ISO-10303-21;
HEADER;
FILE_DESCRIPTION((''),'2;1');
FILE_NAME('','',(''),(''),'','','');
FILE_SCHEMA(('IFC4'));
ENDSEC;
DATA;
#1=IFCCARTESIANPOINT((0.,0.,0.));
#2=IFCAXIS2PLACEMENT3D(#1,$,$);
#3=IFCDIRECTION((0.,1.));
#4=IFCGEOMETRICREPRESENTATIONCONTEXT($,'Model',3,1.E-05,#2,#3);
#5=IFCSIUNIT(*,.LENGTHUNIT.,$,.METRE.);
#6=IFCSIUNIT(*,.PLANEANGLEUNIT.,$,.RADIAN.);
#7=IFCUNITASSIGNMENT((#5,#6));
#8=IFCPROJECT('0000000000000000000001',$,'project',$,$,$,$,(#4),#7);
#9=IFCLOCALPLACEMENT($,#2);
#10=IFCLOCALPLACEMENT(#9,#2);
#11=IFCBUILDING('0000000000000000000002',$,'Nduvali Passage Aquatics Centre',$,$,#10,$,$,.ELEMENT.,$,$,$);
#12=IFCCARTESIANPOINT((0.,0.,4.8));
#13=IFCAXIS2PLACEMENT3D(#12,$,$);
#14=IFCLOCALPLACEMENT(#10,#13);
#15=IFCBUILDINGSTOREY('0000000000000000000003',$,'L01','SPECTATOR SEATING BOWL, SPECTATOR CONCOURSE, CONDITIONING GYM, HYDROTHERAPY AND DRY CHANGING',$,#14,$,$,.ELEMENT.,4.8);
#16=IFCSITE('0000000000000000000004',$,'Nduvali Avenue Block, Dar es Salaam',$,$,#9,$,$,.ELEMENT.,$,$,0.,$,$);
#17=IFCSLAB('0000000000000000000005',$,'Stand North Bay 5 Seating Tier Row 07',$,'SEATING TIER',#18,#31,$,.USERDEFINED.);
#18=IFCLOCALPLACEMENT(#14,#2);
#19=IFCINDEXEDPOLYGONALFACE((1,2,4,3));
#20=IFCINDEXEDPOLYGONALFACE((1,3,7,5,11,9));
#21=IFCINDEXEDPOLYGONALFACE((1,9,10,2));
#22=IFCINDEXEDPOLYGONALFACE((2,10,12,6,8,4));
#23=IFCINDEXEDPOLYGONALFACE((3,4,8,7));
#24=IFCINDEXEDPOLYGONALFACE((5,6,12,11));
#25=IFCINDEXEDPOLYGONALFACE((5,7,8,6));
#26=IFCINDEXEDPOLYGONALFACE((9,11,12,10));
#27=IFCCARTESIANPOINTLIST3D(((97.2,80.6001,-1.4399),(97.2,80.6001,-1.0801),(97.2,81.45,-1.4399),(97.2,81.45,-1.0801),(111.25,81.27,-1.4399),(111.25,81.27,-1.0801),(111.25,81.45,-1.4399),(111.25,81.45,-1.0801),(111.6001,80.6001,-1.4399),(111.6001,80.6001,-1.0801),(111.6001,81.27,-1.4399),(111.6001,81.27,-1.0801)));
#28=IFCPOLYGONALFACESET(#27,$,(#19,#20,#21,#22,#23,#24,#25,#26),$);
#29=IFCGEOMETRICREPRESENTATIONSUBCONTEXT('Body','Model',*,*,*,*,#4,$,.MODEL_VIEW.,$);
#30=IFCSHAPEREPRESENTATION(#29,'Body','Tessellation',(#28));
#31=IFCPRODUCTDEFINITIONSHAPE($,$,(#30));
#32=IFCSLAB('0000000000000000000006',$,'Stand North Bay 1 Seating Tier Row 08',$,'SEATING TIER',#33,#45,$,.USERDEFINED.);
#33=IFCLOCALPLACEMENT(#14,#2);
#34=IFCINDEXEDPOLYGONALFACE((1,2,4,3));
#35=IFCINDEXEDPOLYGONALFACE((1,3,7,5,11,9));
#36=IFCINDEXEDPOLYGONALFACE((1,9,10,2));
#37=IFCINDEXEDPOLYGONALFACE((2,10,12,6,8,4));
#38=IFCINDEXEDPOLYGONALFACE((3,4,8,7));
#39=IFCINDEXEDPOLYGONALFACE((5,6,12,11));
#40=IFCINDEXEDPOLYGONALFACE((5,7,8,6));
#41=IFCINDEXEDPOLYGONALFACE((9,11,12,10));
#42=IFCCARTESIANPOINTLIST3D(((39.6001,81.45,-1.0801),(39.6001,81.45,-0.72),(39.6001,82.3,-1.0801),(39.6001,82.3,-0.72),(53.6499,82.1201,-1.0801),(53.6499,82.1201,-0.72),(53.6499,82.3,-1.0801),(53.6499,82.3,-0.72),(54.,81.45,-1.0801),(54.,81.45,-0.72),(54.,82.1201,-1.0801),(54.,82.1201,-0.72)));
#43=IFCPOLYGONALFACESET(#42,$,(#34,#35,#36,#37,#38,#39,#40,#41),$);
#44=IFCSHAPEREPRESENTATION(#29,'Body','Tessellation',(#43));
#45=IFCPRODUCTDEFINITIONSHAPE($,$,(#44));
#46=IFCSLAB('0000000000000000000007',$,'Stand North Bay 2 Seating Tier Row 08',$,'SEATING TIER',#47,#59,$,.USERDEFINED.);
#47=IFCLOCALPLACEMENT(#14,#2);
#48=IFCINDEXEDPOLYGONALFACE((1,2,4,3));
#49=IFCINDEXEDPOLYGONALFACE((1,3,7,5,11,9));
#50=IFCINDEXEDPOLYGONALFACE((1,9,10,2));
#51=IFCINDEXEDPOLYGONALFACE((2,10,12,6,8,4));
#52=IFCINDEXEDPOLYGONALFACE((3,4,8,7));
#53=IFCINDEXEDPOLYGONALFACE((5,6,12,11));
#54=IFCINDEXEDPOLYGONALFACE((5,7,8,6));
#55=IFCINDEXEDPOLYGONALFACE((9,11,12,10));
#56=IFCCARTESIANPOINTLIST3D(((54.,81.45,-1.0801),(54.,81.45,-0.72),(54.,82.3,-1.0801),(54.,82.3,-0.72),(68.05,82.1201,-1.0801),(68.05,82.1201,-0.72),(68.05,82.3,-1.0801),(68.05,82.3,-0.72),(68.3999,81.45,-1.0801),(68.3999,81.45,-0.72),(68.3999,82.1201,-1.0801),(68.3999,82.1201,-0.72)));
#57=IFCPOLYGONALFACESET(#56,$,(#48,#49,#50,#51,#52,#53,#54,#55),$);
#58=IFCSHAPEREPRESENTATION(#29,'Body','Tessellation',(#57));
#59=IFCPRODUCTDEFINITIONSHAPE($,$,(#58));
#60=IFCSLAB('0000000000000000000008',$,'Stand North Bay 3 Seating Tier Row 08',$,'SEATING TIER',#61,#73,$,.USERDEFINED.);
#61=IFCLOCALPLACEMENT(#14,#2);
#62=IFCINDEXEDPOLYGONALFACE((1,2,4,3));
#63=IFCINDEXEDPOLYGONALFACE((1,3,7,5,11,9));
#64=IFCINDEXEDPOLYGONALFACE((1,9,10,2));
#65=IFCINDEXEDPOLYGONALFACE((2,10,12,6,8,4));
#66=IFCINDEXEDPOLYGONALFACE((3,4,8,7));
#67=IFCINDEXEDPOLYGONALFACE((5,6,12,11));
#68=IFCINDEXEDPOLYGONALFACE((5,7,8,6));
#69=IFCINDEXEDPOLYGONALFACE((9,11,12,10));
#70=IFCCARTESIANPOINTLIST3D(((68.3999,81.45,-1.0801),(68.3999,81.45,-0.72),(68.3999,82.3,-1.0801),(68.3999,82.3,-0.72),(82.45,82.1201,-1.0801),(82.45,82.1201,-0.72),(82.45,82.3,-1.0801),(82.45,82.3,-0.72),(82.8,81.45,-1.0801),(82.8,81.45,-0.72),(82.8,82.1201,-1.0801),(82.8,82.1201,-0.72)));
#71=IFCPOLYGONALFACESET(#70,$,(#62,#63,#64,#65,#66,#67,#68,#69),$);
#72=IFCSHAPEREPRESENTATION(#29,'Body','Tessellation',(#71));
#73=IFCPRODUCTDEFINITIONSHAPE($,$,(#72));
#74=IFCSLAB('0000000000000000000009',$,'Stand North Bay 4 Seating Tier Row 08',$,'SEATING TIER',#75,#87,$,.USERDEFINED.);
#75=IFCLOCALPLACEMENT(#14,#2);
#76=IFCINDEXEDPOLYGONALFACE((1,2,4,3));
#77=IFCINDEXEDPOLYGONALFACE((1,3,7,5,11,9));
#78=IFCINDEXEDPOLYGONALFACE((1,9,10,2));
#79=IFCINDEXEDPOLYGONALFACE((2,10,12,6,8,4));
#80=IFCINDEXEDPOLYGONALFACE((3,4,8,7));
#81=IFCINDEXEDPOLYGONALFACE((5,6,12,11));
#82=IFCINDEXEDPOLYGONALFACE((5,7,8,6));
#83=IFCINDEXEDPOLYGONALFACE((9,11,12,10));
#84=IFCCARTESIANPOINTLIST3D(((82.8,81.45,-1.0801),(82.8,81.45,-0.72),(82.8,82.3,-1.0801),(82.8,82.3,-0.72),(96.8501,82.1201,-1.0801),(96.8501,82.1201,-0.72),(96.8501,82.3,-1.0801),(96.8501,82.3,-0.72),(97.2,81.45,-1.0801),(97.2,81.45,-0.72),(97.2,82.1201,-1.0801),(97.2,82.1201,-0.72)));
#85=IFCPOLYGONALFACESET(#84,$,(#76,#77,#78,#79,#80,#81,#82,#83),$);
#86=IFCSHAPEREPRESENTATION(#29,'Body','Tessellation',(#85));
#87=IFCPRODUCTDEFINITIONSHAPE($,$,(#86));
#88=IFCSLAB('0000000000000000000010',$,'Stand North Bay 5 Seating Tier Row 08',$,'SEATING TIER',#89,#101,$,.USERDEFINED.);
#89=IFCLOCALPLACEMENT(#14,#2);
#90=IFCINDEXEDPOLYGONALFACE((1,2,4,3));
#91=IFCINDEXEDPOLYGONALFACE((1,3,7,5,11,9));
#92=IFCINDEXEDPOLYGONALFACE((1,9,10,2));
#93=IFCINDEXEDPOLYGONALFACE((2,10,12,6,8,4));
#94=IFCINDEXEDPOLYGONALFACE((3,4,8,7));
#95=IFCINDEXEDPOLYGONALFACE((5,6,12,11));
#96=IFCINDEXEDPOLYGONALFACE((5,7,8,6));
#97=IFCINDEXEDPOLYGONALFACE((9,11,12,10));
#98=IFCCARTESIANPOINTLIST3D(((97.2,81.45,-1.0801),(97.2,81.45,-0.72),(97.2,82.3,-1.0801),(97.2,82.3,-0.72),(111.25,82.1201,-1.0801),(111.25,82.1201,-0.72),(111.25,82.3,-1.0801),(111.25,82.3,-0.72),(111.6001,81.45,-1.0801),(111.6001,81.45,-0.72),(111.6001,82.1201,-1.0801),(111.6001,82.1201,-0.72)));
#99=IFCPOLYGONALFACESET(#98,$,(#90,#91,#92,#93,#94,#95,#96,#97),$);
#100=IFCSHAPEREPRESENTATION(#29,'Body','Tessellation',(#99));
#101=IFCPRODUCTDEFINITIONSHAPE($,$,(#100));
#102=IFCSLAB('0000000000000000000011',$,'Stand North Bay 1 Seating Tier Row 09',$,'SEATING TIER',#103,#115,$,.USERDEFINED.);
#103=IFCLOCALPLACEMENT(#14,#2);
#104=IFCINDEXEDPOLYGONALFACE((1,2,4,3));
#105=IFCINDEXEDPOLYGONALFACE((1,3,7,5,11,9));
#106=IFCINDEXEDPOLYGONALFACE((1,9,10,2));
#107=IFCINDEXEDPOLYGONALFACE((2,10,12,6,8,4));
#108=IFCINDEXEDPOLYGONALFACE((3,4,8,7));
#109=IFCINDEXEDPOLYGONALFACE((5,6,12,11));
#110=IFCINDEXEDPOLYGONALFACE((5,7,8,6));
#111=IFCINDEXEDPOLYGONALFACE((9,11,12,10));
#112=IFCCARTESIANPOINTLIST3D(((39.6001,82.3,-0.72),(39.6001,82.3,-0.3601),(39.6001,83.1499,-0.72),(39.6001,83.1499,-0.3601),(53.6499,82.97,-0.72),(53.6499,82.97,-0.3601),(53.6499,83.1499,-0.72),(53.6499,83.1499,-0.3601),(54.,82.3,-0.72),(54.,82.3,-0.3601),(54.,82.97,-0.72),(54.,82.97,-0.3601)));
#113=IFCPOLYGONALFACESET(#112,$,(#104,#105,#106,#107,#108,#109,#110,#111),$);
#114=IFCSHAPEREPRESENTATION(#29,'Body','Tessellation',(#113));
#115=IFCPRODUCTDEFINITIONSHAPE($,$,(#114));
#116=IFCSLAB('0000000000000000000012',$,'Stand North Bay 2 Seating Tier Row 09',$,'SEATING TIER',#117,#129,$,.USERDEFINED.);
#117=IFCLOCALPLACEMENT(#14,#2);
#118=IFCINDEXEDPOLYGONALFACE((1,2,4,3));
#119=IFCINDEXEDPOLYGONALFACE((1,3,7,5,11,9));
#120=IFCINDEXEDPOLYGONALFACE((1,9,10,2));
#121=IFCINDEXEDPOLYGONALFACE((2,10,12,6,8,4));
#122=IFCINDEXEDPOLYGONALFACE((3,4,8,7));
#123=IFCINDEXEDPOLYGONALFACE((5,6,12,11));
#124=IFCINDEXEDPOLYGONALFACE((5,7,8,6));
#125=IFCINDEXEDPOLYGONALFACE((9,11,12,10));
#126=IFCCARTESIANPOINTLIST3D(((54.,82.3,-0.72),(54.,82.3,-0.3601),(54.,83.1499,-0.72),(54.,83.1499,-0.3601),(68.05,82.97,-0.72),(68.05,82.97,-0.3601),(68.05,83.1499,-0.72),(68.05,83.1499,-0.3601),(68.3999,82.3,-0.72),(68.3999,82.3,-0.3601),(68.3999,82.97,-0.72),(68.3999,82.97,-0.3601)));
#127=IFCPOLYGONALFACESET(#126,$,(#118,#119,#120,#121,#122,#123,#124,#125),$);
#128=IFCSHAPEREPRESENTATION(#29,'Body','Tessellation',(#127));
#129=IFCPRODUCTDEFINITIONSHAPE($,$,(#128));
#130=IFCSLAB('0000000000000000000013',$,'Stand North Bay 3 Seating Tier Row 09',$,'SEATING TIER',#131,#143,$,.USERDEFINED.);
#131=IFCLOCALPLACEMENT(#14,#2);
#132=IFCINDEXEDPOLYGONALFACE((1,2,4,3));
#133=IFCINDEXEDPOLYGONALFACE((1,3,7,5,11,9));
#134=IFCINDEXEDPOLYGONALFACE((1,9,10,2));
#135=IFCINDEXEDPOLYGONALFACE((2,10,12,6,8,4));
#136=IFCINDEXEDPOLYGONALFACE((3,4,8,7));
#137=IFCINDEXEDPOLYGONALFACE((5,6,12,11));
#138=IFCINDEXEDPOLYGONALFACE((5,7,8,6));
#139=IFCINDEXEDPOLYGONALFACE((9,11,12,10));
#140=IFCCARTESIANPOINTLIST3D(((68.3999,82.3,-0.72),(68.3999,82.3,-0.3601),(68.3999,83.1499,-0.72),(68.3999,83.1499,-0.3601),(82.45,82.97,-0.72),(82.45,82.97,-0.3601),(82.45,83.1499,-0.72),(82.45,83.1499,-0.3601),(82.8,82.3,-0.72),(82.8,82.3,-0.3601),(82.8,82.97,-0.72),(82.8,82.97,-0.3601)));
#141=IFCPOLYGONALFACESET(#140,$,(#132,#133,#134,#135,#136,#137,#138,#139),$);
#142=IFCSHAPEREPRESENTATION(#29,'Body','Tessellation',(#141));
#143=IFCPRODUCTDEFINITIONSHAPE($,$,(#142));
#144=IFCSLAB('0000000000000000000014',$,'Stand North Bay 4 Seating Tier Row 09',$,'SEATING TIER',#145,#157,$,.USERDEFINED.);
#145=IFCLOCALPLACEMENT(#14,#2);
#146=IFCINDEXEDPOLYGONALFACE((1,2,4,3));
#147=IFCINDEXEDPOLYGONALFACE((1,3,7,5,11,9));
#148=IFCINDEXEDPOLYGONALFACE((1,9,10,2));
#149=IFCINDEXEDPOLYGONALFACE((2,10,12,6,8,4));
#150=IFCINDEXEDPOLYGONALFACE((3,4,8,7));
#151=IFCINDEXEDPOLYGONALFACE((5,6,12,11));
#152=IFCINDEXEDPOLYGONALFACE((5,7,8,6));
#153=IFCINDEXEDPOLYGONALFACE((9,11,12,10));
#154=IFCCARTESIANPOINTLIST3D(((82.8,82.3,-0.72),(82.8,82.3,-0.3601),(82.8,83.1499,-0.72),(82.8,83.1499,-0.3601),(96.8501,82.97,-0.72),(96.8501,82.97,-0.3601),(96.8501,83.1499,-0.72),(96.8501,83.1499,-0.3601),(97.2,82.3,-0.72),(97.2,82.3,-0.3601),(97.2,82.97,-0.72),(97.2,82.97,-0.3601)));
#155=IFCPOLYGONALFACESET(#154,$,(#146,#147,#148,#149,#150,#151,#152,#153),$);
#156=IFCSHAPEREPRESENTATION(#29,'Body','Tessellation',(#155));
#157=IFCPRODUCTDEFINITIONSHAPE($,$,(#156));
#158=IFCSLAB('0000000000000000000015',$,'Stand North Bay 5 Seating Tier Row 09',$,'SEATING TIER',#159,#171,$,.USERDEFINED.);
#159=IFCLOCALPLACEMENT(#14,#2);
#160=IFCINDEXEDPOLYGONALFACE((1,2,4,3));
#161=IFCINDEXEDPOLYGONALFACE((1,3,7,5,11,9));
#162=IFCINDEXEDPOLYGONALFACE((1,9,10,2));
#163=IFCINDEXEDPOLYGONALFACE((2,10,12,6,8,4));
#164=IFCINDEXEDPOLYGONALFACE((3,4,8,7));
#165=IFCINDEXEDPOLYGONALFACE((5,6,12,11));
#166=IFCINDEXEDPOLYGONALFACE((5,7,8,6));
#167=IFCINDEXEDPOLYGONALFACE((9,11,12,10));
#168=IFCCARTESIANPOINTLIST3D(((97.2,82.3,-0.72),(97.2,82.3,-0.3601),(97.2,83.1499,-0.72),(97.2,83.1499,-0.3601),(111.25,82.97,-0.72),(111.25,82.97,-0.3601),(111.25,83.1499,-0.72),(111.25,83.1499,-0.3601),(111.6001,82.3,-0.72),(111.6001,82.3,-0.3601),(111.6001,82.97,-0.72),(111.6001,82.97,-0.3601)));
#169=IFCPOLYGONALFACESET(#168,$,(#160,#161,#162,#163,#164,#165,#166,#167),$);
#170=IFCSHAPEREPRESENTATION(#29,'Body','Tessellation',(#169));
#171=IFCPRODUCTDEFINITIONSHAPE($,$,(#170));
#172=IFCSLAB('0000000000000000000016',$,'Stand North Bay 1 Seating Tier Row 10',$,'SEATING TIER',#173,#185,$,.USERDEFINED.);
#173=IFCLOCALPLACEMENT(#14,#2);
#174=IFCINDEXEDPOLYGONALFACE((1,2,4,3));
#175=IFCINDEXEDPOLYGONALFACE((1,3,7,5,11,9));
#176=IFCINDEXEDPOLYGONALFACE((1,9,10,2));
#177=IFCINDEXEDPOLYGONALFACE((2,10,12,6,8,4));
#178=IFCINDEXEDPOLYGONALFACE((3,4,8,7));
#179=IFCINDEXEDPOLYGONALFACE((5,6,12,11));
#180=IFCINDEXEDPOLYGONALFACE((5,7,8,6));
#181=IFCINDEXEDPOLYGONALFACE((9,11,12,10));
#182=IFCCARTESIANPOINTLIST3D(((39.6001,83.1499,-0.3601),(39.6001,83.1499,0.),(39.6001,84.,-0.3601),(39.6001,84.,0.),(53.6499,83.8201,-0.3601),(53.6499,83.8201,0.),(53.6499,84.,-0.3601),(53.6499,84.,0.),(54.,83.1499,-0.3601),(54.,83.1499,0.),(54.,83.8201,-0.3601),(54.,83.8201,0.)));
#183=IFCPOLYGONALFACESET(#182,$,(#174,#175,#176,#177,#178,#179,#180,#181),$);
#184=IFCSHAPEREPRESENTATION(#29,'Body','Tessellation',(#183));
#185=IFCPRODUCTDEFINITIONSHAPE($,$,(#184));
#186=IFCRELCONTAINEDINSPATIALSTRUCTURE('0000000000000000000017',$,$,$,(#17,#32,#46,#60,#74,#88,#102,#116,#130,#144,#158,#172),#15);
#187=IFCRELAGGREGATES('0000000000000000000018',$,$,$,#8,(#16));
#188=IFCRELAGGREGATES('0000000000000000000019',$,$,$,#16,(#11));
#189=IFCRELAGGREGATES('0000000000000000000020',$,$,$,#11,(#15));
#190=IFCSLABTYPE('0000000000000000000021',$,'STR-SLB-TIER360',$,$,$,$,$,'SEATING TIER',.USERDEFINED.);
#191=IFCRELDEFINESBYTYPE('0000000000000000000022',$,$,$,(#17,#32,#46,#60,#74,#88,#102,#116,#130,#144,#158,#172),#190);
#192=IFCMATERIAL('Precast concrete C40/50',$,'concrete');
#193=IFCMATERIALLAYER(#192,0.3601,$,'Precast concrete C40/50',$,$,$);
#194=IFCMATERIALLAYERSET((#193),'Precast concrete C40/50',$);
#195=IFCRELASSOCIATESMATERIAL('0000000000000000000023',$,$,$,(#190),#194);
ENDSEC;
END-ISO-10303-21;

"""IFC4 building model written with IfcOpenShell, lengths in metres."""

from ifc_helpers import new_model, si_unit, direction, frame, origin, place, context, subcontext, project, spatial, polyline, outline, extrude, material, layer, layer_set, type_object, element, save


model = new_model("IFC4")

# Units and contexts
model_context = context("Model", 3, precision=1e-05, world=origin(), true_north=direction((0.0, 1.0)))
body_context = subcontext(model_context, "Body", "Model", "MODEL_VIEW")
ifc_project = project(units=[si_unit("LENGTHUNIT", "METRE"), si_unit("PLANEANGLEUNIT", "RADIAN")], contexts=[model_context])

# Site, building, storey
site_placement = place(None, origin())
site = spatial("IfcSite", under=ifc_project, at=site_placement, Name="Nduvali Avenue Block, Dar es Salaam", CompositionType="ELEMENT", RefElevation=0.0)
building_placement = place(site_placement, origin())
building = spatial("IfcBuilding", under=site, at=building_placement, Name="Nduvali Passage Aquatics Centre", CompositionType="ELEMENT")
storey_placement = place(building_placement, frame((0.0, 0.0, 4.8)))
storey = spatial("IfcBuildingStorey", under=building, at=storey_placement, Name="L01", Description="SPECTATOR SEATING BOWL, SPECTATOR CONCOURSE, CONDITIONING GYM, HYDROTHERAPY AND DRY CHANGING", CompositionType="ELEMENT", Elevation=4.8)

# Slabs
ifc_material = material(Name="Precast concrete C40/50", Category="concrete")
ifc_layer = layer(ifc_material, 0.3601, Name="Precast concrete C40/50")
ifc_layer_set = layer_set([ifc_layer], Name="Precast concrete C40/50")
slab_type = type_object("IfcSlabType", Name="STR-SLB-TIER360", ElementType="SEATING TIER", PredefinedType="USERDEFINED", material=ifc_layer_set)
slab_1_placement = place(storey_placement, frame((0.0, 0.0, -1.4399)))
element("IfcSlab", 1, at=slab_1_placement, inside=storey, type_object=slab_type, Name="Stand North Bay 5 Seating Tier Row 07", ObjectType="SEATING TIER", PredefinedType="USERDEFINED", context=body_context, shape_type="SweptSolid", body=[
    extrude(outline(polyline([(97.2, 80.6001), (111.6001, 80.6001), (111.6001, 81.27), (111.25, 81.27), (111.25, 81.45), (97.2, 81.45), (97.2, 80.6001)])), origin(), (0.0, 0.0, 1.0), 0.3599),
])
slab_2_placement = place(storey_placement, frame((0.0, 0.0, -1.0801)))
element("IfcSlab", 2, at=slab_2_placement, inside=storey, type_object=slab_type, Name="Stand North Bay 1 Seating Tier Row 08", ObjectType="SEATING TIER", PredefinedType="USERDEFINED", context=body_context, shape_type="SweptSolid", body=[
    extrude(outline(polyline([(39.6001, 81.45), (54.0, 81.45), (54.0, 82.1201), (53.6499, 82.1201), (53.6499, 82.3), (39.6001, 82.3), (39.6001, 81.45)])), origin(), (0.0, 0.0, 1.0), 0.3601),
])
slab_3_placement = place(storey_placement, frame((0.0, 0.0, -1.0801)))
element("IfcSlab", 3, at=slab_3_placement, inside=storey, type_object=slab_type, Name="Stand North Bay 2 Seating Tier Row 08", ObjectType="SEATING TIER", PredefinedType="USERDEFINED", context=body_context, shape_type="SweptSolid", body=[
    extrude(outline(polyline([(54.0, 81.45), (68.3999, 81.45), (68.3999, 82.1201), (68.05, 82.1201), (68.05, 82.3), (54.0, 82.3), (54.0, 81.45)])), origin(), (0.0, 0.0, 1.0), 0.3601),
])
slab_4_placement = place(storey_placement, frame((0.0, 0.0, -1.0801)))
element("IfcSlab", 4, at=slab_4_placement, inside=storey, type_object=slab_type, Name="Stand North Bay 3 Seating Tier Row 08", ObjectType="SEATING TIER", PredefinedType="USERDEFINED", context=body_context, shape_type="SweptSolid", body=[
    extrude(outline(polyline([(68.3999, 81.45), (82.8, 81.45), (82.8, 82.1201), (82.45, 82.1201), (82.45, 82.3), (68.3999, 82.3), (68.3999, 81.45)])), origin(), (0.0, 0.0, 1.0), 0.3601),
])
slab_5_placement = place(storey_placement, frame((0.0, 0.0, -1.0801)))
element("IfcSlab", 5, at=slab_5_placement, inside=storey, type_object=slab_type, Name="Stand North Bay 4 Seating Tier Row 08", ObjectType="SEATING TIER", PredefinedType="USERDEFINED", context=body_context, shape_type="SweptSolid", body=[
    extrude(outline(polyline([(82.8, 81.45), (97.2, 81.45), (97.2, 82.1201), (96.8501, 82.1201), (96.8501, 82.3), (82.8, 82.3), (82.8, 81.45)])), origin(), (0.0, 0.0, 1.0), 0.3601),
])
slab_6_placement = place(storey_placement, frame((0.0, 0.0, -1.0801)))
element("IfcSlab", 6, at=slab_6_placement, inside=storey, type_object=slab_type, Name="Stand North Bay 5 Seating Tier Row 08", ObjectType="SEATING TIER", PredefinedType="USERDEFINED", context=body_context, shape_type="SweptSolid", body=[
    extrude(outline(polyline([(97.2, 81.45), (111.6001, 81.45), (111.6001, 82.1201), (111.25, 82.1201), (111.25, 82.3), (97.2, 82.3), (97.2, 81.45)])), origin(), (0.0, 0.0, 1.0), 0.3601),
])
slab_7_placement = place(storey_placement, frame((0.0, 0.0, -0.72)))
element("IfcSlab", 7, at=slab_7_placement, inside=storey, type_object=slab_type, Name="Stand North Bay 1 Seating Tier Row 09", ObjectType="SEATING TIER", PredefinedType="USERDEFINED", context=body_context, shape_type="SweptSolid", body=[
    extrude(outline(polyline([(39.6001, 82.3), (54.0, 82.3), (54.0, 82.97), (53.6499, 82.97), (53.6499, 83.1499), (39.6001, 83.1499), (39.6001, 82.3)])), origin(), (0.0, 0.0, 1.0), 0.3599),
])
slab_8_placement = place(storey_placement, frame((0.0, 0.0, -0.72)))
element("IfcSlab", 8, at=slab_8_placement, inside=storey, type_object=slab_type, Name="Stand North Bay 2 Seating Tier Row 09", ObjectType="SEATING TIER", PredefinedType="USERDEFINED", context=body_context, shape_type="SweptSolid", body=[
    extrude(outline(polyline([(54.0, 82.3), (68.3999, 82.3), (68.3999, 82.97), (68.05, 82.97), (68.05, 83.1499), (54.0, 83.1499), (54.0, 82.3)])), origin(), (0.0, 0.0, 1.0), 0.3599),
])
slab_9_placement = place(storey_placement, frame((0.0, 0.0, -0.72)))
element("IfcSlab", 9, at=slab_9_placement, inside=storey, type_object=slab_type, Name="Stand North Bay 3 Seating Tier Row 09", ObjectType="SEATING TIER", PredefinedType="USERDEFINED", context=body_context, shape_type="SweptSolid", body=[
    extrude(outline(polyline([(68.3999, 82.3), (82.8, 82.3), (82.8, 82.97), (82.45, 82.97), (82.45, 83.1499), (68.3999, 83.1499), (68.3999, 82.3)])), origin(), (0.0, 0.0, 1.0), 0.3599),
])
slab_10_placement = place(storey_placement, frame((0.0, 0.0, -0.72)))
element("IfcSlab", 10, at=slab_10_placement, inside=storey, type_object=slab_type, Name="Stand North Bay 4 Seating Tier Row 09", ObjectType="SEATING TIER", PredefinedType="USERDEFINED", context=body_context, shape_type="SweptSolid", body=[
    extrude(outline(polyline([(82.8, 82.3), (97.2, 82.3), (97.2, 82.97), (96.8501, 82.97), (96.8501, 83.1499), (82.8, 83.1499), (82.8, 82.3)])), origin(), (0.0, 0.0, 1.0), 0.3599),
])
slab_11_placement = place(storey_placement, frame((0.0, 0.0, -0.72)))
element("IfcSlab", 11, at=slab_11_placement, inside=storey, type_object=slab_type, Name="Stand North Bay 5 Seating Tier Row 09", ObjectType="SEATING TIER", PredefinedType="USERDEFINED", context=body_context, shape_type="SweptSolid", body=[
    extrude(outline(polyline([(97.2, 82.3), (111.6001, 82.3), (111.6001, 82.97), (111.25, 82.97), (111.25, 83.1499), (97.2, 83.1499), (97.2, 82.3)])), origin(), (0.0, 0.0, 1.0), 0.3599),
])
slab_12_placement = place(storey_placement, frame((0.0, 0.0, -0.3601)))
element("IfcSlab", 12, at=slab_12_placement, inside=storey, type_object=slab_type, Name="Stand North Bay 1 Seating Tier Row 10", ObjectType="SEATING TIER", PredefinedType="USERDEFINED", context=body_context, shape_type="SweptSolid", body=[
    extrude(outline(polyline([(39.6001, 83.1499), (54.0, 83.1499), (54.0, 83.8201), (53.6499, 83.8201), (53.6499, 84.0), (39.6001, 84.0), (39.6001, 83.1499)])), origin(), (0.0, 0.0, 1.0), 0.3601),
])

save(model, "model.ifc")
